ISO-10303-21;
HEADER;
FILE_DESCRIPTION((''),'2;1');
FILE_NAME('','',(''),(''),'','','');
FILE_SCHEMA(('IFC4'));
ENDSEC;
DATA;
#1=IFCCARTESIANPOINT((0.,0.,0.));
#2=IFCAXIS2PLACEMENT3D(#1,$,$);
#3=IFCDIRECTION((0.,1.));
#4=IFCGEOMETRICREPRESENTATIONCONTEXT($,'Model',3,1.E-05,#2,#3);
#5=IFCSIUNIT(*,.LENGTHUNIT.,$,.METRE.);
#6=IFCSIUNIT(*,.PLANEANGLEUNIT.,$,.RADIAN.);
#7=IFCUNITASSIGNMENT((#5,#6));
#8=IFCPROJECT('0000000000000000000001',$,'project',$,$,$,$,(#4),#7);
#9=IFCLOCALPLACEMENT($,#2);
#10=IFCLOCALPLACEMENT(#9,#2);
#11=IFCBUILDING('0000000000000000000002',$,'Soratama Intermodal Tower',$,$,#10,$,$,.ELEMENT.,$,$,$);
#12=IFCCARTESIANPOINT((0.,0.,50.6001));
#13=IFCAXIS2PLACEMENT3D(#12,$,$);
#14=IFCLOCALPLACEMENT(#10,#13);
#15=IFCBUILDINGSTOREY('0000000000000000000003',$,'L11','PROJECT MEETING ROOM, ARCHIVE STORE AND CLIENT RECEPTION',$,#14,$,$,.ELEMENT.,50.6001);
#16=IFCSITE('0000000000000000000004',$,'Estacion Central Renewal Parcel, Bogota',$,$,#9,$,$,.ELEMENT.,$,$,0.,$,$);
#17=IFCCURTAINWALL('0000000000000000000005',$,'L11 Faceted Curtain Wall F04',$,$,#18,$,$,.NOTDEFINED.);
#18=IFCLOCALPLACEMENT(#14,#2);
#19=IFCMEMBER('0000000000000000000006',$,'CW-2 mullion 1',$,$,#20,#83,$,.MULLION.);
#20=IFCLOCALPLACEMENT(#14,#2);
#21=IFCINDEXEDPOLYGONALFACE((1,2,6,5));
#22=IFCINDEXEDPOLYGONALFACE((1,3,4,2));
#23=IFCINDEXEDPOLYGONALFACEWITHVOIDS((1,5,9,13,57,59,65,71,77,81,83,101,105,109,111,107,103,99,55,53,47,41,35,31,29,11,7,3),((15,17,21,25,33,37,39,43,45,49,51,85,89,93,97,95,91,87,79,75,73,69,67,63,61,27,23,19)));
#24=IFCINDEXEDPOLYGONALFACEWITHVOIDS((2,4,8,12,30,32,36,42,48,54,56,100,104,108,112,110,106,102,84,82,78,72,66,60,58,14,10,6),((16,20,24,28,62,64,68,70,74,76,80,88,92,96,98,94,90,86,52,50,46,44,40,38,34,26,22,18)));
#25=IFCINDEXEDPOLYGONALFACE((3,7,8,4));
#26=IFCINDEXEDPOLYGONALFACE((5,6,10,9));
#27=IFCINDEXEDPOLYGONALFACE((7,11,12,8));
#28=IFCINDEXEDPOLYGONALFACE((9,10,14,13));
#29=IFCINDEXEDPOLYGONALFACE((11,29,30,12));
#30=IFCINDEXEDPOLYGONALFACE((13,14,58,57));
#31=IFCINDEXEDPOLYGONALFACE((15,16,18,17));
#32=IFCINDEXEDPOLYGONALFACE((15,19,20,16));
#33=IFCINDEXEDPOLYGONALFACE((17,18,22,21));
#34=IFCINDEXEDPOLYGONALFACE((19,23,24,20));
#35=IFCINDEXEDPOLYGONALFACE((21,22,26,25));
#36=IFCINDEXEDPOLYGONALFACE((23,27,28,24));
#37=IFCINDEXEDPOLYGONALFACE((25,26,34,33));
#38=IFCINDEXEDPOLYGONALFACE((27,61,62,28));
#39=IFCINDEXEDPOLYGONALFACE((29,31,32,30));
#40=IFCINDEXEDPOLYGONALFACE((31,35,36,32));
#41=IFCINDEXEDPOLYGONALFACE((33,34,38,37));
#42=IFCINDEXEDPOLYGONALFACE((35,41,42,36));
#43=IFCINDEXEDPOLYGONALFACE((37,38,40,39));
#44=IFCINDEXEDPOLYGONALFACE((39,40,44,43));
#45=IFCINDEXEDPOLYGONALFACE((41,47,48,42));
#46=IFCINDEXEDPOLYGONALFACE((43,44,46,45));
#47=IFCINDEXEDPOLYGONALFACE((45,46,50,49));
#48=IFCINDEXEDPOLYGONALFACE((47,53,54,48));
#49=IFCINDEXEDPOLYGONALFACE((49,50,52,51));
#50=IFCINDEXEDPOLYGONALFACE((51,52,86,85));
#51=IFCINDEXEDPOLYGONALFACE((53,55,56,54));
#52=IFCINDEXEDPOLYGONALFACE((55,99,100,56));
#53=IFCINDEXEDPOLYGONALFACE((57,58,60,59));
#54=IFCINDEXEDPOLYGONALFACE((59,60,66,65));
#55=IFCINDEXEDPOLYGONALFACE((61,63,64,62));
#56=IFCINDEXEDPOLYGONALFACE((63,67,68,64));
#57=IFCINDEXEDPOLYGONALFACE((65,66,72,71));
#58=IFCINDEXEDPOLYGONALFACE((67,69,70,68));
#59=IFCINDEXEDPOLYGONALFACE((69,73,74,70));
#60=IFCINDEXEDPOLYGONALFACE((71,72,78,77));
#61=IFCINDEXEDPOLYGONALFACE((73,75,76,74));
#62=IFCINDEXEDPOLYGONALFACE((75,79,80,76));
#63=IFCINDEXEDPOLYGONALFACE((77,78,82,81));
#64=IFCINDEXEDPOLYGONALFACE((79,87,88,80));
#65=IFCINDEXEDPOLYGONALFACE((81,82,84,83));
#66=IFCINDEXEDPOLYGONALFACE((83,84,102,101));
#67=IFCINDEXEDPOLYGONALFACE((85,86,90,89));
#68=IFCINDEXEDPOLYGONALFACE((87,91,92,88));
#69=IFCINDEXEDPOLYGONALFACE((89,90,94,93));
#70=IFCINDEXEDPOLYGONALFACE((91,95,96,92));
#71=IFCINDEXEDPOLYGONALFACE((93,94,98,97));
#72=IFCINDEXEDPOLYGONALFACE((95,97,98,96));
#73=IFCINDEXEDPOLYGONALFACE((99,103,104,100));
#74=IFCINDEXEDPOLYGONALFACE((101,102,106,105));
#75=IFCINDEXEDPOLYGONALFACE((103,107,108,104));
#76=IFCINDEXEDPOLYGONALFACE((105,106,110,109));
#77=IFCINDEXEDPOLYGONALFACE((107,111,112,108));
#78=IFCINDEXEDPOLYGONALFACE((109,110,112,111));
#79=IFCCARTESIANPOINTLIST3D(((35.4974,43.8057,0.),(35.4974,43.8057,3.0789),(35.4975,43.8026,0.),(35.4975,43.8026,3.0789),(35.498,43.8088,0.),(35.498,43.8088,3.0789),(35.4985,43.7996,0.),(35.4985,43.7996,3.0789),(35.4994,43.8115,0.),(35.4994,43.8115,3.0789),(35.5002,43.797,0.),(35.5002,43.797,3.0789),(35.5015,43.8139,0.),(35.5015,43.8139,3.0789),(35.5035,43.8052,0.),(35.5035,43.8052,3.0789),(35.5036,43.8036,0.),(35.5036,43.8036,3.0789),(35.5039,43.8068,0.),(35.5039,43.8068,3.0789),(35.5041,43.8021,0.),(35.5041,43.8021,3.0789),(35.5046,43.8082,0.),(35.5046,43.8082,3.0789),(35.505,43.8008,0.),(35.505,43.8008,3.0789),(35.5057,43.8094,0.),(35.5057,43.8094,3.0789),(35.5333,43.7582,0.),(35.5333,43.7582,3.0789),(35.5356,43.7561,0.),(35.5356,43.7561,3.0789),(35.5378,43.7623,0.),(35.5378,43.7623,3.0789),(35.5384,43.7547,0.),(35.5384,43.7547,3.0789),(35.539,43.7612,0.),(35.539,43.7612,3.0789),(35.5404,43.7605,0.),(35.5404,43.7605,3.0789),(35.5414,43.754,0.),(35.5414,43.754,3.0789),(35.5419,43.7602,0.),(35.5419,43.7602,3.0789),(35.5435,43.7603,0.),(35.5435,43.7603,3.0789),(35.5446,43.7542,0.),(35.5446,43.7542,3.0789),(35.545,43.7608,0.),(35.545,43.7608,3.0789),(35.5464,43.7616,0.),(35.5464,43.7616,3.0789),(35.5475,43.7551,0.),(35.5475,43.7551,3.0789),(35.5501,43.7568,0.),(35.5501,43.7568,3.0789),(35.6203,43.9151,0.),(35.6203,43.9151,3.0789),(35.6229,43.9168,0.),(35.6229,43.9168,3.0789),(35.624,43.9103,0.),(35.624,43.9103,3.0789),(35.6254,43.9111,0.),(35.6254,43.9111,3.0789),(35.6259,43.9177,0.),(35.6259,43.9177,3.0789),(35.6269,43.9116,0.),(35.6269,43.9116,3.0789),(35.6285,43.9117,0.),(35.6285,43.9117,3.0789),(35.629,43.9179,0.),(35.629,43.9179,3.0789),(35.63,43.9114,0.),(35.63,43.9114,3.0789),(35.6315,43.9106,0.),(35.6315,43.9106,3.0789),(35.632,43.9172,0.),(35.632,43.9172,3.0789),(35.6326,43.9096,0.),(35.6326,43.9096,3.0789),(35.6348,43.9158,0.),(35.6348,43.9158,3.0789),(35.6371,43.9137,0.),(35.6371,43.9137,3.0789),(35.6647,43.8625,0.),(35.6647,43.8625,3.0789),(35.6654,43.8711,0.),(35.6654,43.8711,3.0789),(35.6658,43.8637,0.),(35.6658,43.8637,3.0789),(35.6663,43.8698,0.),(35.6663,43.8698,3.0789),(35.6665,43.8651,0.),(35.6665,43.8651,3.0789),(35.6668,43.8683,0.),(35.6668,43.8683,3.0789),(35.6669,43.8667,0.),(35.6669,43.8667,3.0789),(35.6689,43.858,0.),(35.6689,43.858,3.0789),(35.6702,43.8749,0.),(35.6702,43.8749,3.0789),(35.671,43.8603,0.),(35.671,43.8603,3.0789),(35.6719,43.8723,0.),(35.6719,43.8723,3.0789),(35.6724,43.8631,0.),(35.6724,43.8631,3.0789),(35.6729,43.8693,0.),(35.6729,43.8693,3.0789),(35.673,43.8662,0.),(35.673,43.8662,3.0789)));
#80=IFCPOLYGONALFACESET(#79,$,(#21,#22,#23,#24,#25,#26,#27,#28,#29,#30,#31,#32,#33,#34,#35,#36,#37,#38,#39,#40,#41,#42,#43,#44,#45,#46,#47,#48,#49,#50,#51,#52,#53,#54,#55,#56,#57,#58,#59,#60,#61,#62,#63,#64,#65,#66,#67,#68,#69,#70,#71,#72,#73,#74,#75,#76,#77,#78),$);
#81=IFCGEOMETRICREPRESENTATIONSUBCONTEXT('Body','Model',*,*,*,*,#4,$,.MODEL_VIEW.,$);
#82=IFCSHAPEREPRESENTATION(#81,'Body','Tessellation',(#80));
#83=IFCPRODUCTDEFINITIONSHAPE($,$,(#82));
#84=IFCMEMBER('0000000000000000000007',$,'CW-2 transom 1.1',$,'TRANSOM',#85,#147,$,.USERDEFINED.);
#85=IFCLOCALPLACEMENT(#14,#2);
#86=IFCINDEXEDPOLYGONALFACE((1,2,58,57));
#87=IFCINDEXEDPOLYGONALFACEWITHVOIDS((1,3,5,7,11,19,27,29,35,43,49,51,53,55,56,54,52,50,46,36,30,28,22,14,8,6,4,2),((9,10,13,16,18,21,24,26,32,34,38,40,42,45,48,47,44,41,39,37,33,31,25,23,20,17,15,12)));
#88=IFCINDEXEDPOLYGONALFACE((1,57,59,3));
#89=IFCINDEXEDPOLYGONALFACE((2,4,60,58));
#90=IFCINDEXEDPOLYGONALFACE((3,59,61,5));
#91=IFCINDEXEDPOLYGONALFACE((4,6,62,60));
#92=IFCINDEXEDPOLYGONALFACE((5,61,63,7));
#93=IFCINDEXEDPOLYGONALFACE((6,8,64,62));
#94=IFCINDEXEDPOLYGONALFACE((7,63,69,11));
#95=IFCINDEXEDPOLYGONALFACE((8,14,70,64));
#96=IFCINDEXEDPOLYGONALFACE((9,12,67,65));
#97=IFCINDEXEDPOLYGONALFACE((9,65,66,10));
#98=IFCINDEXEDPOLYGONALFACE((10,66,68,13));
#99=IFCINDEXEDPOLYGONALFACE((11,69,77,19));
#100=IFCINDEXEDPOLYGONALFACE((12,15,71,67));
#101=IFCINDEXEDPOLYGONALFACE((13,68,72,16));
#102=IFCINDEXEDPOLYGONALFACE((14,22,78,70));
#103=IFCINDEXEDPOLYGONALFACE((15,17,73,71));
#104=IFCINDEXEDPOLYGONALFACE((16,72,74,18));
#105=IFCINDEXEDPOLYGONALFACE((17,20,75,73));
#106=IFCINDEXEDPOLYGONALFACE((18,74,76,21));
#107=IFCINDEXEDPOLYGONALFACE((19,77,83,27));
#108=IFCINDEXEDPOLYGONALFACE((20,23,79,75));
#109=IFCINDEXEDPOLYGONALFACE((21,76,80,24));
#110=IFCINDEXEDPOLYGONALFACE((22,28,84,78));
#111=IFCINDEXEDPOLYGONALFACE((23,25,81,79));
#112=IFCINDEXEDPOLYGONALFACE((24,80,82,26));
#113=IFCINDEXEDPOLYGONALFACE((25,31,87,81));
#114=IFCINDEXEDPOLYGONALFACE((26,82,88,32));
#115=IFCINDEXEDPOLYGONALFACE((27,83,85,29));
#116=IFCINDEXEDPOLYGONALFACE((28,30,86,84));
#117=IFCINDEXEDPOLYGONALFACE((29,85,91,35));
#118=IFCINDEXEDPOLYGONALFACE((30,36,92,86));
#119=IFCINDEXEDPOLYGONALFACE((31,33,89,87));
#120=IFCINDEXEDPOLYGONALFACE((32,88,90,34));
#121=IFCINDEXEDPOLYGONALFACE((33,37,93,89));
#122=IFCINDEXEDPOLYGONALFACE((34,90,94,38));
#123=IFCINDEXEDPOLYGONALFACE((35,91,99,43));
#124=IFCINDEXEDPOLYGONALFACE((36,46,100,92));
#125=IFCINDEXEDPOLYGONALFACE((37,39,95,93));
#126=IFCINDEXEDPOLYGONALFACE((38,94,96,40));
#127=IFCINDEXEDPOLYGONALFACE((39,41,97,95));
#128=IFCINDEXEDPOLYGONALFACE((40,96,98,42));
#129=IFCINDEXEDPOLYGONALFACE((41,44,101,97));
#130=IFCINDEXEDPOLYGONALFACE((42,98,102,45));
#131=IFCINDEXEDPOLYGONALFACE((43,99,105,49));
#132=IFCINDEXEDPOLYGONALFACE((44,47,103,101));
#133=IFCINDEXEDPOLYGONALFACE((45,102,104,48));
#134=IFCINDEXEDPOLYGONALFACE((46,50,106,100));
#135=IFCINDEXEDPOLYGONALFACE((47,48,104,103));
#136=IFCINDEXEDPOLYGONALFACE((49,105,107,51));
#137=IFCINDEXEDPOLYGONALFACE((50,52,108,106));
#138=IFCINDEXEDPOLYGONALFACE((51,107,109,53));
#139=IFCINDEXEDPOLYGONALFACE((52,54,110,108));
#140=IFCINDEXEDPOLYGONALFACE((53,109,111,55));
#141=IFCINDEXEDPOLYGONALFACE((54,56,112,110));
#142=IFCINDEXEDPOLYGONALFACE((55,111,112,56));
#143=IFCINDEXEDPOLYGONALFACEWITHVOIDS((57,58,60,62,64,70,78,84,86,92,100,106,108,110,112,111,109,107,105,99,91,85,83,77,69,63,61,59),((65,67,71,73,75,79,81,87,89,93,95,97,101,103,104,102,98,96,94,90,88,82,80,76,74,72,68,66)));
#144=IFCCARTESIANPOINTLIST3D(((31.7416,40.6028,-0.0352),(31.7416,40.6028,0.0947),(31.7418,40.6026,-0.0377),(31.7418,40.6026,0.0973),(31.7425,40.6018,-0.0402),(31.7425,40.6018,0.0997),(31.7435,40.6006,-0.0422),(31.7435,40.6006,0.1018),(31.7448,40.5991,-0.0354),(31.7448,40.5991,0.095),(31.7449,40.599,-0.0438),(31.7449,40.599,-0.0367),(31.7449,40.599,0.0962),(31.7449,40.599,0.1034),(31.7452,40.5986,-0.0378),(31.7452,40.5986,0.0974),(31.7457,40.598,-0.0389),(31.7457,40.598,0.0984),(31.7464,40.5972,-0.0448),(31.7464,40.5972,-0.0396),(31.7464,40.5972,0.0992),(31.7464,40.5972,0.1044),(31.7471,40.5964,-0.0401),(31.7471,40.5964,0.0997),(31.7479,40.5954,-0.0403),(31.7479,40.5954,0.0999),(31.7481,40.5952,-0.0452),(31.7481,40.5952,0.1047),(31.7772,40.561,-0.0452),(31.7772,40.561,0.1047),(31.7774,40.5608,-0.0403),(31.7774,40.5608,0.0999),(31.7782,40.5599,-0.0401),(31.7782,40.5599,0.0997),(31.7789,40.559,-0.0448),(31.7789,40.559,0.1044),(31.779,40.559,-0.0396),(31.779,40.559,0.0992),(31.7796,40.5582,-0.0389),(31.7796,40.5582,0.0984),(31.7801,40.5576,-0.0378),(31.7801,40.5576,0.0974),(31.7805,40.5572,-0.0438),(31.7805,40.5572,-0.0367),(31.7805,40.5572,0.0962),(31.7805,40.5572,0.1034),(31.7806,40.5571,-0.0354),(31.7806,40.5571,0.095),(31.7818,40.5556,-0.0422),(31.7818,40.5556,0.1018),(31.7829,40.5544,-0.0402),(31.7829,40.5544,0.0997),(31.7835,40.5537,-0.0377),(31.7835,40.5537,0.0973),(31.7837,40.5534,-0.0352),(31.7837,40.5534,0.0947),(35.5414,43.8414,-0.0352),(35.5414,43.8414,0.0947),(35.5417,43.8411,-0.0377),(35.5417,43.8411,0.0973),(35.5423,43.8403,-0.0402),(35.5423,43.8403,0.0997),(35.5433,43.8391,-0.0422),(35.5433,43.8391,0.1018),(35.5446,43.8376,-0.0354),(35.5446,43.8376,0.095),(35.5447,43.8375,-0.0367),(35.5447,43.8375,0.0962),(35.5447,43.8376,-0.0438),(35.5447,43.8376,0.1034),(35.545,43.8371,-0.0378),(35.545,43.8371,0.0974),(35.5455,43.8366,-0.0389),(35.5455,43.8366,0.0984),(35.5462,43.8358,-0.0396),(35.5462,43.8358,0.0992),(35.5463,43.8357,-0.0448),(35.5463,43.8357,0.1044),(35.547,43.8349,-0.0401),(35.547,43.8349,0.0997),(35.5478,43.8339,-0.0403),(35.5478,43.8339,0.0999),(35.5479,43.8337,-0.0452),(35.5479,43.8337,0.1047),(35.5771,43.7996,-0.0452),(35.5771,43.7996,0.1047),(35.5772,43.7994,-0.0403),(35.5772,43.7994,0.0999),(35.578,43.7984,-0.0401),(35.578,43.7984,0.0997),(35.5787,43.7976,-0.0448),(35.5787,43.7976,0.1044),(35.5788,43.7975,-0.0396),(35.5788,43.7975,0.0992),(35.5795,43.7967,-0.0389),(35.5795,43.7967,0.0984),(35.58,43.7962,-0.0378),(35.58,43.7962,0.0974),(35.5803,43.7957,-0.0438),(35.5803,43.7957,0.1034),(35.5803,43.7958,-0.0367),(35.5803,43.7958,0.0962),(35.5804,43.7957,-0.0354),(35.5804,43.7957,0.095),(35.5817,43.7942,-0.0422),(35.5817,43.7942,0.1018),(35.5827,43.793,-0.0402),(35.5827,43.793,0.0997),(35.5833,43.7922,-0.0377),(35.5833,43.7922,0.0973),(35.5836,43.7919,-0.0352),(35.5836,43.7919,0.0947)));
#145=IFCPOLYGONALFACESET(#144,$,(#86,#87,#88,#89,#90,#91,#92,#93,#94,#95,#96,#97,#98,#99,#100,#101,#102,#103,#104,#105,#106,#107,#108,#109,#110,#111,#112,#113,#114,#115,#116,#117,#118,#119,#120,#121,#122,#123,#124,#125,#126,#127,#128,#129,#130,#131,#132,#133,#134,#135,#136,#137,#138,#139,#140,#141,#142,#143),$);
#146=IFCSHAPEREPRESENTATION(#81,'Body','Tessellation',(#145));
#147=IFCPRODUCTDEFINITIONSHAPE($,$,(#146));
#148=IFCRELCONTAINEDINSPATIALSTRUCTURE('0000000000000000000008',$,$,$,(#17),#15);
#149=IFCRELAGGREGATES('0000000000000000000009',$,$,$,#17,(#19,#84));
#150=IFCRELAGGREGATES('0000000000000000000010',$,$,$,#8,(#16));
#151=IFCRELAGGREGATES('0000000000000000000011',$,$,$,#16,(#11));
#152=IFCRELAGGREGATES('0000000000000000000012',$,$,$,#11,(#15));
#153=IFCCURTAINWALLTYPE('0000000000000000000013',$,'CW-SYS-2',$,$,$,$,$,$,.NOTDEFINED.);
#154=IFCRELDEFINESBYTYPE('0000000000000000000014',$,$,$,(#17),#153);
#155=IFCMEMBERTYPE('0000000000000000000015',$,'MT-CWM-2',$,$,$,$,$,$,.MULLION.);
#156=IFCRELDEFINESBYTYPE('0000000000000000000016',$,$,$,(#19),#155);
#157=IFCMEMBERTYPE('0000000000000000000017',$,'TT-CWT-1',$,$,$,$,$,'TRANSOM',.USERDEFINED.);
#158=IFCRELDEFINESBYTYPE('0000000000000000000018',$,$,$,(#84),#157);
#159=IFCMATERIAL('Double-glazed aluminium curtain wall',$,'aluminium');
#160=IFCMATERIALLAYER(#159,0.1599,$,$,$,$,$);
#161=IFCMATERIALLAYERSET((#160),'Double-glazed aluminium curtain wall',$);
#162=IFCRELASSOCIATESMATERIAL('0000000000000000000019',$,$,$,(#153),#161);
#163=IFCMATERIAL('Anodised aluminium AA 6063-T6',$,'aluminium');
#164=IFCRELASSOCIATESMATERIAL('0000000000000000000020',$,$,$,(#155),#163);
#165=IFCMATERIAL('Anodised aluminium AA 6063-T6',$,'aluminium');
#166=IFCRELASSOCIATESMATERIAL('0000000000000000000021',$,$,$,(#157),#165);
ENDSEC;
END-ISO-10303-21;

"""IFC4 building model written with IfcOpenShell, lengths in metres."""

from ifc_helpers import new_model, si_unit, direction, frame, origin, origin_2d, place, context, subcontext, project, spatial, hollow_rectangle, extrude, material, layer, layer_set, material_profile, profile_set, type_object, element, aggregate, save


model = new_model("IFC4")

# Units and contexts
model_context = context("Model", 3, precision=1e-05, world=origin(), true_north=direction((0.0, 1.0)))
body_context = subcontext(model_context, "Body", "Model", "MODEL_VIEW")
ifc_project = project(units=[si_unit("LENGTHUNIT", "METRE"), si_unit("PLANEANGLEUNIT", "RADIAN")], contexts=[model_context])

# Site, building, storey
site_placement = place(None, origin())
site = spatial("IfcSite", under=ifc_project, at=site_placement, Name="Estacion Central Renewal Parcel, Bogota", CompositionType="ELEMENT", RefElevation=0.0)
building_placement = place(site_placement, origin())
building = spatial("IfcBuilding", under=site, at=building_placement, Name="Soratama Intermodal Tower", CompositionType="ELEMENT")
storey_placement = place(building_placement, frame((0.0, 0.0, 50.6001)))
storey = spatial("IfcBuildingStorey", under=building, at=storey_placement, Name="L11", Description="PROJECT MEETING ROOM, ARCHIVE STORE AND CLIENT RECEPTION", CompositionType="ELEMENT", Elevation=50.6001)

# Curtain wall, members
ifc_material_1 = material(Name="Double-glazed aluminium curtain wall", Category="aluminium")
ifc_layer_1 = layer(ifc_material_1, 0.1599)
ifc_layer_set_1 = layer_set([ifc_layer_1], Name="Double-glazed aluminium curtain wall")
curtain_wall_type = type_object("IfcCurtainWallType", Name="CW-SYS-2", PredefinedType="NOTDEFINED", material=ifc_layer_set_1)
curtain_wall_placement = place(storey_placement, origin())
curtain_wall = element("IfcCurtainWall", 1, at=curtain_wall_placement, inside=storey, type_object=curtain_wall_type, Name="L11 Faceted Curtain Wall F04", PredefinedType="NOTDEFINED")
ifc_material_2 = material(Name="Anodised aluminium AA 6063-T6", Category="aluminium")
ifc_material_profile_1 = material_profile(ifc_material_2, hollow_rectangle(XDim=0.075, YDim=0.1799, WallThickness=0.0061, InnerFilletRadius=0.0061, OuterFilletRadius=0.012, at=origin_2d()), Name="CWM180X75X6")
ifc_profile_set_1 = profile_set([ifc_material_profile_1], Name="Anodised aluminium AA 6063-T6")
member_type_1 = type_object("IfcMemberType", Name="MT-CWM-2", PredefinedType="MULLION", material=ifc_profile_set_1)
member_1_placement = place(storey_placement, frame((35.5852, 43.8359, 0.0), z_axis=(0.0, 0.0, 1.0), x_axis=(0.648652, -0.761085, 0.0)))
member_1 = element("IfcMember", 2, at=member_1_placement, type_object=member_type_1, Name="CW-2 mullion 1", PredefinedType="MULLION", context=body_context, shape_type="SweptSolid", body=[
    extrude(hollow_rectangle(XDim=0.075, YDim=0.1799, WallThickness=0.0061, InnerFilletRadius=0.0061, OuterFilletRadius=0.012, at=origin_2d()), origin(), (0.0, 0.0, 1.0), 3.0789),
])
ifc_material_3 = material(Name="Anodised aluminium AA 6063-T6", Category="aluminium")
ifc_material_profile_2 = material_profile(ifc_material_3, hollow_rectangle(XDim=0.0649, YDim=0.1499, WallThickness=0.0049, InnerFilletRadius=0.0049, OuterFilletRadius=0.01, at=origin_2d()), Name="CWT150X65X5")
ifc_profile_set_2 = profile_set([ifc_material_profile_2], Name="Anodised aluminium AA 6063-T6")
member_type_2 = type_object("IfcMemberType", Name="TT-CWT-1", ElementType="TRANSOM", PredefinedType="USERDEFINED", material=ifc_profile_set_2)
member_2_placement = place(storey_placement, frame((35.5625, 43.8167, 0.0298), z_axis=(-0.76108, -0.648658, 0.0), x_axis=(0.648658, -0.76108, 0.0)))
member_2 = element("IfcMember", 3, at=member_2_placement, type_object=member_type_2, Name="CW-2 transom 1.1", ObjectType="TRANSOM", PredefinedType="USERDEFINED", context=body_context, shape_type="SweptSolid", body=[
    extrude(hollow_rectangle(XDim=0.0649, YDim=0.1499, WallThickness=0.0049, InnerFilletRadius=0.0049, OuterFilletRadius=0.01, at=origin_2d()), origin(), (0.0, 0.0, 1.0), 4.9927),
])
aggregate(curtain_wall, [member_1, member_2])

save(model, "model.ifc")
